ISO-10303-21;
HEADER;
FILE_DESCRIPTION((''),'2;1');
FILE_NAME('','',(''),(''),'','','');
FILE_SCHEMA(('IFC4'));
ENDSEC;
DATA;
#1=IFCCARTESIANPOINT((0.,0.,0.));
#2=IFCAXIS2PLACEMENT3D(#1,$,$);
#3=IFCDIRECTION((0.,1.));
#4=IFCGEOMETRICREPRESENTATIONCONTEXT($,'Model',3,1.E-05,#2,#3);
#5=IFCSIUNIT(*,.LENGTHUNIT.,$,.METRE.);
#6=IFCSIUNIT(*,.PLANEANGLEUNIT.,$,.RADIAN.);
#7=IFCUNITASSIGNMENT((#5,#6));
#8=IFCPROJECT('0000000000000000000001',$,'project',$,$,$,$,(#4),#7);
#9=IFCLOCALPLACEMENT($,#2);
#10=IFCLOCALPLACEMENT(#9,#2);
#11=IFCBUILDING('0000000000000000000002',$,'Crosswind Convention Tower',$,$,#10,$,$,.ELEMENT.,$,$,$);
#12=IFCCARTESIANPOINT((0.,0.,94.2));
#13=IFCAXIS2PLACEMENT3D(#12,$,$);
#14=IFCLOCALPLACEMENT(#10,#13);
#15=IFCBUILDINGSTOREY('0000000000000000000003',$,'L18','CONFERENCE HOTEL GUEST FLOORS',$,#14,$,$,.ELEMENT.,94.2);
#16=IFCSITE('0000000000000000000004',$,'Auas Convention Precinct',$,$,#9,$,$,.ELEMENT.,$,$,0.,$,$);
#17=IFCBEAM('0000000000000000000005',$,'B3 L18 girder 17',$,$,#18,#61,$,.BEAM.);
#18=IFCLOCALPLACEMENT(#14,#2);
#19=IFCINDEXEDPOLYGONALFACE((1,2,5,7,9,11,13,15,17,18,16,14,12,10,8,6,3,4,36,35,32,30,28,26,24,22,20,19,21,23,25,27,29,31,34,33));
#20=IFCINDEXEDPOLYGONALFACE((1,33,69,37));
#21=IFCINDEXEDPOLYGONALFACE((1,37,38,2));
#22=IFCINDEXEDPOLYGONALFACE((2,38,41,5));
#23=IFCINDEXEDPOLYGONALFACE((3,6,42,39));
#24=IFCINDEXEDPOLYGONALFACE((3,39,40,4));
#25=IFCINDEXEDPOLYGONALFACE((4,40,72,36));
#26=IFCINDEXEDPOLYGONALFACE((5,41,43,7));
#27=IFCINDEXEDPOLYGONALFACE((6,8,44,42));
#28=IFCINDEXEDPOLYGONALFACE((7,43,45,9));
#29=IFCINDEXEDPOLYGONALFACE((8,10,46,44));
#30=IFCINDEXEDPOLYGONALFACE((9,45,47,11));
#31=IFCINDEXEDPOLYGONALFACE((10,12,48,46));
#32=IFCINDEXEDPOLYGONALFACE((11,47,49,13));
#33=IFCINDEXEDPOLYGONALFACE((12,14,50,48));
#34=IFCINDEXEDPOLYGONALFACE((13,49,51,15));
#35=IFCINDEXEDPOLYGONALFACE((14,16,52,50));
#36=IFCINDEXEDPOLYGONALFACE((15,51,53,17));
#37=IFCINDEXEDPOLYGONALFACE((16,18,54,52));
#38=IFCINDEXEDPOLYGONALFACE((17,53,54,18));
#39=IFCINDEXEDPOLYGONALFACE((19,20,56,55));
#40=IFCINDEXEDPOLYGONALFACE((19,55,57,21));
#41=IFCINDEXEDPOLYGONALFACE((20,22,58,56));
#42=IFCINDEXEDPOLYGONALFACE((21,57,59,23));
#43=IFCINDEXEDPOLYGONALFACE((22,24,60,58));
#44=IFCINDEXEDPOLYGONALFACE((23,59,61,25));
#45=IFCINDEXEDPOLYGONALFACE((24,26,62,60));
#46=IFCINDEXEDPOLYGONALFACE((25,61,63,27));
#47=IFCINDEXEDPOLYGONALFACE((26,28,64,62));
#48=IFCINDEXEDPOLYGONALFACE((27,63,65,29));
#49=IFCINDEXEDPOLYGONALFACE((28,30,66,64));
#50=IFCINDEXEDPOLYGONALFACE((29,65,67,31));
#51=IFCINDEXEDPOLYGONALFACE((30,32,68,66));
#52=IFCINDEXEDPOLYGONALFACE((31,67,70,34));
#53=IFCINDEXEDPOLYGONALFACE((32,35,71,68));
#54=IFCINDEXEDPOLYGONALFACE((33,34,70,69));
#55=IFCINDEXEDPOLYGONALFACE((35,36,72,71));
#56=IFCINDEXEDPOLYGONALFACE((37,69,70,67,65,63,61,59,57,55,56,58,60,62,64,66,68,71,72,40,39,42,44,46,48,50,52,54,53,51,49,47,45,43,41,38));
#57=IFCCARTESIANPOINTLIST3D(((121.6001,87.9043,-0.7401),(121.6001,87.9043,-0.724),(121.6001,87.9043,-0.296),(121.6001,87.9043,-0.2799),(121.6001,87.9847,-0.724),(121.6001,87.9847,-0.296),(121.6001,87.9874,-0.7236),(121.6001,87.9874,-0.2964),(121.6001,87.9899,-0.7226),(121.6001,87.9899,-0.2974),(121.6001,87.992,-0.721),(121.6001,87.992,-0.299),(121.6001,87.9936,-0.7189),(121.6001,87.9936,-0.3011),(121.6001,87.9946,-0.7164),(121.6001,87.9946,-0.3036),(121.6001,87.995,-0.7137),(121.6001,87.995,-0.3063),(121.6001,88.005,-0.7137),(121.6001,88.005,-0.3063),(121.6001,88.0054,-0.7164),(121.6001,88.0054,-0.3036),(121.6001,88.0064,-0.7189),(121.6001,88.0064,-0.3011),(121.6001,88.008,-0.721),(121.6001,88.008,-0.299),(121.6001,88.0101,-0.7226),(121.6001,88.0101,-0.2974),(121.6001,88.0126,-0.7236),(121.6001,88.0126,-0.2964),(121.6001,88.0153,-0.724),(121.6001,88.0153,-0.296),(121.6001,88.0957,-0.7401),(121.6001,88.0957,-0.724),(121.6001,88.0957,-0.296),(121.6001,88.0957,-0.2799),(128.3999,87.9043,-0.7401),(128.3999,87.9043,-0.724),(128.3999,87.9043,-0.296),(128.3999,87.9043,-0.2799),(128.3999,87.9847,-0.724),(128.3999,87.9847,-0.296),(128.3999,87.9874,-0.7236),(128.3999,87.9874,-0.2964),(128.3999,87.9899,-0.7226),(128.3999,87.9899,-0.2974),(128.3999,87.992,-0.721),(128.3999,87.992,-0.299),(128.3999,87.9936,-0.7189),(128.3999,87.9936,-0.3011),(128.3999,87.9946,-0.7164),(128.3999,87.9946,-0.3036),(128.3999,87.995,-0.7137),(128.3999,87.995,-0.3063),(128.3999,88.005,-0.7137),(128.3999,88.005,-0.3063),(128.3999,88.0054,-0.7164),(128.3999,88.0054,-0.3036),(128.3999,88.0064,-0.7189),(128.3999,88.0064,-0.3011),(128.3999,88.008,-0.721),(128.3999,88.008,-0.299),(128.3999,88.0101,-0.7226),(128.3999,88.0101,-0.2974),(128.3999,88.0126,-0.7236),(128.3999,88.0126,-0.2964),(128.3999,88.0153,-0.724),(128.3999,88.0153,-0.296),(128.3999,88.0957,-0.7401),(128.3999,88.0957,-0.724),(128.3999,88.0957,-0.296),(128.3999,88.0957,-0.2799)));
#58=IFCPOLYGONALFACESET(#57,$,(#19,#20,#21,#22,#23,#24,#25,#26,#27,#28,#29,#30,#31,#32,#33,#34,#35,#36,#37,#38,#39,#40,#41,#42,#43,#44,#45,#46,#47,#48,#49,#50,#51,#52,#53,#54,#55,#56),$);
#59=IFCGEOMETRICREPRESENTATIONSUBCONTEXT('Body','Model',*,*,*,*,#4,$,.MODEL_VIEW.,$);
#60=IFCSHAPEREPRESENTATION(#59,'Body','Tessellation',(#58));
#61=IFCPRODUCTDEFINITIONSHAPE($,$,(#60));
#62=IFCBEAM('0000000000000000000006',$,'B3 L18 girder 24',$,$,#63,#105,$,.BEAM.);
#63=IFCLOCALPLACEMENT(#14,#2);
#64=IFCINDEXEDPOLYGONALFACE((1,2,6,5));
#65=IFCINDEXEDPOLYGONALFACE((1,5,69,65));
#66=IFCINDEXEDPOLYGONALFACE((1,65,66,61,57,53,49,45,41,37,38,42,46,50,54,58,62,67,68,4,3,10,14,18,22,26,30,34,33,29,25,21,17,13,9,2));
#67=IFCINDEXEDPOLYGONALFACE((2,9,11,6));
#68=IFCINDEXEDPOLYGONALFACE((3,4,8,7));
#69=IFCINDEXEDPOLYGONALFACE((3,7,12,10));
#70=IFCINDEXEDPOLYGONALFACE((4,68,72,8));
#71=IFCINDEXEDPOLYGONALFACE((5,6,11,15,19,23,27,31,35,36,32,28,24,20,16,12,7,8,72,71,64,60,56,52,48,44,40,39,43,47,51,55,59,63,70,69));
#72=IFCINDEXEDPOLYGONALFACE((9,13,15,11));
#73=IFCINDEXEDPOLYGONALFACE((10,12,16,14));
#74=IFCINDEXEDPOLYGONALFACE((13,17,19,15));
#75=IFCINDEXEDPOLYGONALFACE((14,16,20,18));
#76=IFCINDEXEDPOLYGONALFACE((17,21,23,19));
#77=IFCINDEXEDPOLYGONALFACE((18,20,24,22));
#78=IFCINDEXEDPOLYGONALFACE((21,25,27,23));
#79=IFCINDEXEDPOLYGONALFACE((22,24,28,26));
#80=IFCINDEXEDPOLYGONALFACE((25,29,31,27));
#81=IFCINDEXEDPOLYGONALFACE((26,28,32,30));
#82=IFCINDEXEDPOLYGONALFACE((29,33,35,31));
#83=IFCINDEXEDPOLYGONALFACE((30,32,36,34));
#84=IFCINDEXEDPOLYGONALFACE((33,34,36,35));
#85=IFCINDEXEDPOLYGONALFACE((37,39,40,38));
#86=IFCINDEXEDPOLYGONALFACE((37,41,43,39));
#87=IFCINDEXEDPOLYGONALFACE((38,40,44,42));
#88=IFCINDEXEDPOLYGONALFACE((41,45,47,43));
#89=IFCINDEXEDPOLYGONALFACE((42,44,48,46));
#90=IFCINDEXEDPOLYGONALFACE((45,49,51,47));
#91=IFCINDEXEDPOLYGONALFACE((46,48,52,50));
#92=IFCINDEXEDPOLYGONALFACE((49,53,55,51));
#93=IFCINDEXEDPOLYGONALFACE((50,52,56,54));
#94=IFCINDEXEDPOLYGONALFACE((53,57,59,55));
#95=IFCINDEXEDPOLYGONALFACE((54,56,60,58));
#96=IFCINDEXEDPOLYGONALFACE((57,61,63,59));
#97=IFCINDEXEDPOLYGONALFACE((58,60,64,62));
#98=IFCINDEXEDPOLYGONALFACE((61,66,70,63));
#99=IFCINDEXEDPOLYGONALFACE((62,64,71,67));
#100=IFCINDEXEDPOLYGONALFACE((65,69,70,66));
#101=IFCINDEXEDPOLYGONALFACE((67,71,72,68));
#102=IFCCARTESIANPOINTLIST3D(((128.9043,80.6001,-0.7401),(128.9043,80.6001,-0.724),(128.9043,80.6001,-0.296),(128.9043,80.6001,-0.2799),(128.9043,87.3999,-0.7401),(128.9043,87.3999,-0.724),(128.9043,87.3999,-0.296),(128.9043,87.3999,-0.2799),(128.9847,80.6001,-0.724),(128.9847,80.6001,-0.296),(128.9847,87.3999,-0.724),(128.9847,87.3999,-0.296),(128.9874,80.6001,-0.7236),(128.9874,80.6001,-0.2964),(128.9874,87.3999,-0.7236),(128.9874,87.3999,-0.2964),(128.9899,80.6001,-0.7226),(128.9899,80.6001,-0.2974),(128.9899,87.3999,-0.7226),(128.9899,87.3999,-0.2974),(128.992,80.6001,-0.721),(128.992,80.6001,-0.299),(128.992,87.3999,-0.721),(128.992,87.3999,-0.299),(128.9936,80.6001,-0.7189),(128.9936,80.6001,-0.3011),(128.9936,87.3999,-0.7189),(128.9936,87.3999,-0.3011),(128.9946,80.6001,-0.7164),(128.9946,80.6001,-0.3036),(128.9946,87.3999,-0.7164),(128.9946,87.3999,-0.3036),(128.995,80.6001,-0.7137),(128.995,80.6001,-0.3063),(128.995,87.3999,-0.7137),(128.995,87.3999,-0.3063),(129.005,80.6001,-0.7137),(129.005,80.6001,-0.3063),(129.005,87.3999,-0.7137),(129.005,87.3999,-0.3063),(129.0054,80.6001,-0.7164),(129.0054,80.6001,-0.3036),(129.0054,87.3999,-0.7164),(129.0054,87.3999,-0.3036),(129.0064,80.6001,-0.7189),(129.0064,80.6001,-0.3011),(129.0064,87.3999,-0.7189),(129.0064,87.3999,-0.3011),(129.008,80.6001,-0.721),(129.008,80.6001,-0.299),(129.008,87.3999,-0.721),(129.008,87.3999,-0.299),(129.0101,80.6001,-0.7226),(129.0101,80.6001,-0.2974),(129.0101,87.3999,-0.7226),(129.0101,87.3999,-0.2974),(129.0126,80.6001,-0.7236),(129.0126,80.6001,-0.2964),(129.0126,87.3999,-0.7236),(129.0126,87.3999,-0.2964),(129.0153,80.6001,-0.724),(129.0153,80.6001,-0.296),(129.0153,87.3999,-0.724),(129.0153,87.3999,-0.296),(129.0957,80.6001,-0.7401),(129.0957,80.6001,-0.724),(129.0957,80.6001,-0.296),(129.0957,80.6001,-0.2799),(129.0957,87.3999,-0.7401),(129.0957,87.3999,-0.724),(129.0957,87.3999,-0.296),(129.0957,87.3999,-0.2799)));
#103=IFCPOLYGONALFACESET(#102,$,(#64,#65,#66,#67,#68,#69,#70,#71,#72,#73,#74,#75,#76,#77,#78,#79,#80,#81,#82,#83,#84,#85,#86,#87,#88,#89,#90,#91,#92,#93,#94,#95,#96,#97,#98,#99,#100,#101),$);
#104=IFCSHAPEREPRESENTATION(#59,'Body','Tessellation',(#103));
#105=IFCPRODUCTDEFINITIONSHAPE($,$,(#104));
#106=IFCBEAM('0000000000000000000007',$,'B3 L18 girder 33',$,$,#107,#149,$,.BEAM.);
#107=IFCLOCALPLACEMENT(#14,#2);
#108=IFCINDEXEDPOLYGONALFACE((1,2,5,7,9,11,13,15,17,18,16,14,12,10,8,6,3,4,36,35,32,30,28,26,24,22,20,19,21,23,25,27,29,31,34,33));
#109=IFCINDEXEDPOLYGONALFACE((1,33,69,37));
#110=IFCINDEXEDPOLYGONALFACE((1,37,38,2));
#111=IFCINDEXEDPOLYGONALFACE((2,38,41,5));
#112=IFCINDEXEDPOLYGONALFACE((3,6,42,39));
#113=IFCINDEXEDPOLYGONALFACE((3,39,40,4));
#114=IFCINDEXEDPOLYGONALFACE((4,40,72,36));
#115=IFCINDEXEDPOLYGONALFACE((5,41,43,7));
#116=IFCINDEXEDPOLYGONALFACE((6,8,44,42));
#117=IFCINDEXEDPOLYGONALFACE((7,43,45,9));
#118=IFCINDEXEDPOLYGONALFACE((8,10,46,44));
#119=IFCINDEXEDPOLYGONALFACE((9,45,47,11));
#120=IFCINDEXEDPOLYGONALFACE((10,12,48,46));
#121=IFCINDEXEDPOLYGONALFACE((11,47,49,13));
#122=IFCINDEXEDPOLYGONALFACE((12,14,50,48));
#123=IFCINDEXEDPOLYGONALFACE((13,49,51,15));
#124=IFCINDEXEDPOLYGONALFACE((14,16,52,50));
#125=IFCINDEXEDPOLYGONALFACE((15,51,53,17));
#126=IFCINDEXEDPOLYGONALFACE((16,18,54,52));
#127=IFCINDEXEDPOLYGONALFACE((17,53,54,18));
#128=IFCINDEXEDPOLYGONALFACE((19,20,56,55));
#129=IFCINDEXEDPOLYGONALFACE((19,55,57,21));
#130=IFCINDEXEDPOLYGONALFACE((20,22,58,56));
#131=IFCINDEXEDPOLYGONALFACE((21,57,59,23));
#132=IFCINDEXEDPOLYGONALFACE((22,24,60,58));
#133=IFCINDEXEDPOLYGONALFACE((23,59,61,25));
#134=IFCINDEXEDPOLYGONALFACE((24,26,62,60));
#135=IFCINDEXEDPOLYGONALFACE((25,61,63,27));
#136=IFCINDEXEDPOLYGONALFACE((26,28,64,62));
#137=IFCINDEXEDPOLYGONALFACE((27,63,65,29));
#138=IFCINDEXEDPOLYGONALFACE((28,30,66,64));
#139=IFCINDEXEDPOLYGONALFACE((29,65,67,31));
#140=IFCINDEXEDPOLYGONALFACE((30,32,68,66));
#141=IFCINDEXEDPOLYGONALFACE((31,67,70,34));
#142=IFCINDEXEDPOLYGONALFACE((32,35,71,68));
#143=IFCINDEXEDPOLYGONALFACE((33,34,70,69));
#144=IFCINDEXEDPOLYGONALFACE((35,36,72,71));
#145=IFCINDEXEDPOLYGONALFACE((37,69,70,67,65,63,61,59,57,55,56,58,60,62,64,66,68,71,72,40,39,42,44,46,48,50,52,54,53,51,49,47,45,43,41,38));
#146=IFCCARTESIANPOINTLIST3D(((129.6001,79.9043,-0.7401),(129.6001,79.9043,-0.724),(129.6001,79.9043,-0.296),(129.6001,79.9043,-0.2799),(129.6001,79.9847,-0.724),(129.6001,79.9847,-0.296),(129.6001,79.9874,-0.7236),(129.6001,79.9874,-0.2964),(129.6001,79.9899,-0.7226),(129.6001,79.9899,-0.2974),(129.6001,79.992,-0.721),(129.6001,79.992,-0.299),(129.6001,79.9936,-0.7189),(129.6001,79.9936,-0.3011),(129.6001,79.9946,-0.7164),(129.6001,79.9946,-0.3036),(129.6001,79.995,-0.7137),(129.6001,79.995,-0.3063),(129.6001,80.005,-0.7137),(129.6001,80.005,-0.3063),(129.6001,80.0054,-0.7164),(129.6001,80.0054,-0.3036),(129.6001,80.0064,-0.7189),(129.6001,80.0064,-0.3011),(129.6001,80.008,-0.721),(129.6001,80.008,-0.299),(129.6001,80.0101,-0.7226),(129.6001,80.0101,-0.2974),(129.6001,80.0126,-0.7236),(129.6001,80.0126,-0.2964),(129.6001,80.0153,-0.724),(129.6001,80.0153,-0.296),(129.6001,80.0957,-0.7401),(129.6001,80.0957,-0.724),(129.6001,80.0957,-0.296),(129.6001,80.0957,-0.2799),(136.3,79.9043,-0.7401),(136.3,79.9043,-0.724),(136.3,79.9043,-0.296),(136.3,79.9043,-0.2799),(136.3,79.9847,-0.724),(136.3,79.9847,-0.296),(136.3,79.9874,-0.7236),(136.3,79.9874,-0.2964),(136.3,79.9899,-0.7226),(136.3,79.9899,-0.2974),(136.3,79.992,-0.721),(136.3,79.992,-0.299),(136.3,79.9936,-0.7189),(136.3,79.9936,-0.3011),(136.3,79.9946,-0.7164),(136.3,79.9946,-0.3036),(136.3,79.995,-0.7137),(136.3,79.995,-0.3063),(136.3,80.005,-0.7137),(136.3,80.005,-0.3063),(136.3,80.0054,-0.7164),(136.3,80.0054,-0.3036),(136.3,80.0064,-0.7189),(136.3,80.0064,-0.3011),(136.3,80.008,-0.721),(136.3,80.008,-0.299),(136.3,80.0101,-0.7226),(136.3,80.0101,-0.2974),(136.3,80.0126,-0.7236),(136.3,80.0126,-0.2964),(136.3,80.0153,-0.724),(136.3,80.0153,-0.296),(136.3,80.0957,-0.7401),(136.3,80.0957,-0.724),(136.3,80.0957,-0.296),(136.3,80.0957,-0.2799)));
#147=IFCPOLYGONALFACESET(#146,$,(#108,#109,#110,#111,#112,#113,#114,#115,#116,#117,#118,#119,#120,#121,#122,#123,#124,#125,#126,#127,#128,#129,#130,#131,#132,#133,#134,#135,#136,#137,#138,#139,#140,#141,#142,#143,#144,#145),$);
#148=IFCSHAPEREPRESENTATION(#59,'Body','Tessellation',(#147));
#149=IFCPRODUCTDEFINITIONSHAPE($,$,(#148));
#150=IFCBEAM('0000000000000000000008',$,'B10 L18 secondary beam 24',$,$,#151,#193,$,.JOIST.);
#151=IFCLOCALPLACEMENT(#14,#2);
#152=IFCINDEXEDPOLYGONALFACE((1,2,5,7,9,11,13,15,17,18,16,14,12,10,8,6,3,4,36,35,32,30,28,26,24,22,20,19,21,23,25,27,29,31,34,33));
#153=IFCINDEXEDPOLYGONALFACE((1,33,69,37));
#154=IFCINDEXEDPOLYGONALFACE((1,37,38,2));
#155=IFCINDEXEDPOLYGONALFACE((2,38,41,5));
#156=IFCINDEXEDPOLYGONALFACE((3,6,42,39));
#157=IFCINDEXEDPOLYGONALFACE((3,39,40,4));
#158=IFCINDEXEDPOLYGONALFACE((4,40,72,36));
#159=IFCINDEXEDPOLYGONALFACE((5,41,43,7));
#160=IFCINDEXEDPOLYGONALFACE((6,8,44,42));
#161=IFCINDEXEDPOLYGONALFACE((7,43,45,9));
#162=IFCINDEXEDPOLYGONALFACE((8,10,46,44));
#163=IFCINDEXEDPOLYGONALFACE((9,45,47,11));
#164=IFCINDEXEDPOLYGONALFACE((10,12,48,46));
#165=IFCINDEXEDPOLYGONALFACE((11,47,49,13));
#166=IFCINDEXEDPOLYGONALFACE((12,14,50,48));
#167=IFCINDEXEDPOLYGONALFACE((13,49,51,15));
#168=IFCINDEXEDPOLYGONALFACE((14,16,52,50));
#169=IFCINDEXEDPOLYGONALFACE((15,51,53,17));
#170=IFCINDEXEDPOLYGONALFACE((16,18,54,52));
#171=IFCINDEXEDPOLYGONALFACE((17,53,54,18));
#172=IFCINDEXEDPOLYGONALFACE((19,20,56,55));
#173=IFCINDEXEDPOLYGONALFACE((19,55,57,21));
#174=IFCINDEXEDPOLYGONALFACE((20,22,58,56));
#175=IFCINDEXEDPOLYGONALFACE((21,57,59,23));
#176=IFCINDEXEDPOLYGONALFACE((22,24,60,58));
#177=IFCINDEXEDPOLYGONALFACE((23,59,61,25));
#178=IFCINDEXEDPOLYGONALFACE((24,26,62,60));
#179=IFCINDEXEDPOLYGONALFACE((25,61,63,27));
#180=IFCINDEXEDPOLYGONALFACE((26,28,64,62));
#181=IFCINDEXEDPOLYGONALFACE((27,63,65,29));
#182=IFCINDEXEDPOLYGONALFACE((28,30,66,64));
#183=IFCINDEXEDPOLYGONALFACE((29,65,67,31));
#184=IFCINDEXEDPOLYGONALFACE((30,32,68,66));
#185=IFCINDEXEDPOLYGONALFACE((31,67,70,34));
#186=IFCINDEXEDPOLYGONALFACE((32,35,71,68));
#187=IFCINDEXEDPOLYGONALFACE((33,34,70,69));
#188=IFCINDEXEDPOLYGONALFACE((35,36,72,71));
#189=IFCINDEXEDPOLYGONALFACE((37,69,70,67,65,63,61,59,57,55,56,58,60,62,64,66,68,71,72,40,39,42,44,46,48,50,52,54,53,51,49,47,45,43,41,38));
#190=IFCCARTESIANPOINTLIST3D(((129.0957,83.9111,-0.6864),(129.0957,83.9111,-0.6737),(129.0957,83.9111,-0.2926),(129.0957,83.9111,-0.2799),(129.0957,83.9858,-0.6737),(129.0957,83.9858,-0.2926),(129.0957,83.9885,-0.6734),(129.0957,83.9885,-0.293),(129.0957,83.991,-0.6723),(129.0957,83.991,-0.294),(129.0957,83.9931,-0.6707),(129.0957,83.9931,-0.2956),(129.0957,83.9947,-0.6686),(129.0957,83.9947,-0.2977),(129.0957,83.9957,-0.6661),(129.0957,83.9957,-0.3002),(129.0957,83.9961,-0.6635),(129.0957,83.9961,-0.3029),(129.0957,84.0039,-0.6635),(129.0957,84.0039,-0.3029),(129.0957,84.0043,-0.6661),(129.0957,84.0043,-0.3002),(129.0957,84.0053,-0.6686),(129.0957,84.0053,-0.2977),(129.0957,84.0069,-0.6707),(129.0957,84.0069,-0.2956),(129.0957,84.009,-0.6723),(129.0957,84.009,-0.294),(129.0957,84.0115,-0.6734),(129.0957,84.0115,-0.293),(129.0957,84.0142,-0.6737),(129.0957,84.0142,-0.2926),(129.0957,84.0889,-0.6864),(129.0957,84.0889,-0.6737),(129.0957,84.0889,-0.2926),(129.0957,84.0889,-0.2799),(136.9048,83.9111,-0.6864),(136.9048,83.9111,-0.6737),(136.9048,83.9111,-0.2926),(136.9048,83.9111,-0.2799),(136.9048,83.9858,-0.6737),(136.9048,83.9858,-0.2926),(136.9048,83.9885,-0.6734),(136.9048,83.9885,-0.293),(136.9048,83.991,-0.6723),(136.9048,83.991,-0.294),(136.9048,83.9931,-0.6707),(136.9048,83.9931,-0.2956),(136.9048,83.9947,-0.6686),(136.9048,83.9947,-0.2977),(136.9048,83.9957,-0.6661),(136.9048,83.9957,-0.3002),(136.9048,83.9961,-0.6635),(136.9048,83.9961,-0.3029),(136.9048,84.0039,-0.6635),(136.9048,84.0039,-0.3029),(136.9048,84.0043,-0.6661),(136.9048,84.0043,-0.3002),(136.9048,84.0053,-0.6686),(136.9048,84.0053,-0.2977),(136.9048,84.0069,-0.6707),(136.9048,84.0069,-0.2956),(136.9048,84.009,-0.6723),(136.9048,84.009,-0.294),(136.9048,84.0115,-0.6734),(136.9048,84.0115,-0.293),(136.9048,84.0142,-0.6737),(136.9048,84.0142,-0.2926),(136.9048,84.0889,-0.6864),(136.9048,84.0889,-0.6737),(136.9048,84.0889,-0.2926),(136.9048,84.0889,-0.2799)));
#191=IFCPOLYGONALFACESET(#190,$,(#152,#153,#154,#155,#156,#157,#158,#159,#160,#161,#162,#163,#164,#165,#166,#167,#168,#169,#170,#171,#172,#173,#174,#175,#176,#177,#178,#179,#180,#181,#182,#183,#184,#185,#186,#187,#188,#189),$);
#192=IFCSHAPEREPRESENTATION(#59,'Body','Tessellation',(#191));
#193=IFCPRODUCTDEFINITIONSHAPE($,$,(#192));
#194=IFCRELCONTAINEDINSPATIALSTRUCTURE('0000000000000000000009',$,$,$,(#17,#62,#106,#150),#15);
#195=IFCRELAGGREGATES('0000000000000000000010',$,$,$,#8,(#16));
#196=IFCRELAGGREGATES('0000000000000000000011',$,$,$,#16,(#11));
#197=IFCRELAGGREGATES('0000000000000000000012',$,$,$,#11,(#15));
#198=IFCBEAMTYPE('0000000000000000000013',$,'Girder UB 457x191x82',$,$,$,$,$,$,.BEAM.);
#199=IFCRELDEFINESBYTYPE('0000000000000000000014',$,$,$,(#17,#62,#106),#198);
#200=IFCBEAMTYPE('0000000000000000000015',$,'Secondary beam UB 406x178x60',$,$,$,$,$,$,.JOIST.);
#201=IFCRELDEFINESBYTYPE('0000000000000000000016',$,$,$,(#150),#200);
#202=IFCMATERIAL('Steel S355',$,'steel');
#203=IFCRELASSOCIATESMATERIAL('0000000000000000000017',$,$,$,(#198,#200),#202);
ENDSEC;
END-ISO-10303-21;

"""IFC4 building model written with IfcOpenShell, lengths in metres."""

from ifc_helpers import new_model, si_unit, direction, frame, origin, origin_2d, place, context, subcontext, project, spatial, i_section, extrude, material, material_profile, profile_set, type_object, element, save


model = new_model("IFC4")

# Units and contexts
model_context = context("Model", 3, precision=1e-05, world=origin(), true_north=direction((0.0, 1.0)))
body_context = subcontext(model_context, "Body", "Model", "MODEL_VIEW")
ifc_project = project(units=[si_unit("LENGTHUNIT", "METRE"), si_unit("PLANEANGLEUNIT", "RADIAN")], contexts=[model_context])

# Site, building, storey
site_placement = place(None, origin())
site = spatial("IfcSite", under=ifc_project, at=site_placement, Name="Auas Convention Precinct", CompositionType="ELEMENT", RefElevation=0.0)
building_placement = place(site_placement, origin())
building = spatial("IfcBuilding", under=site, at=building_placement, Name="Crosswind Convention Tower", CompositionType="ELEMENT")
storey_placement = place(building_placement, frame((0.0, 0.0, 94.2)))
storey = spatial("IfcBuildingStorey", under=building, at=storey_placement, Name="L18", Description="CONFERENCE HOTEL GUEST FLOORS", CompositionType="ELEMENT", Elevation=94.2)

# Beams
ifc_material_1 = material(Name="Steel S355", Category="steel")
ifc_material_profile_1 = material_profile(ifc_material_1, i_section(OverallWidth=0.1914, OverallDepth=0.4602, WebThickness=0.01, FlangeThickness=0.0161, FilletRadius=0.0103, at=origin_2d()), Name="UB 457x191x82")
ifc_profile_set_1 = profile_set([ifc_material_profile_1], Name="Steel S355")
beam_type_1 = type_object("IfcBeamType", Name="Girder UB 457x191x82", PredefinedType="BEAM", material=ifc_profile_set_1)
for number, where, z_axis, x_axis, name in (
    (1, (121.6001, 88.0, -0.51), (1.0, 0.0, 0.0), (0.0, 1.0, 0.0), "B3 L18 girder 17"),
    (2, (129.0, 80.6001, -0.51), (0.0, 1.0, 0.0), (-1.0, 0.0, 0.0), "B3 L18 girder 24"),
):
    element("IfcBeam", number, at=place(storey_placement, frame(where, z_axis=z_axis, x_axis=x_axis)), inside=storey, type_object=beam_type_1, Name=name, PredefinedType="BEAM", context=body_context, shape_type="SweptSolid", body=[
        extrude(i_section(OverallWidth=0.1914, OverallDepth=0.4602, WebThickness=0.01, FlangeThickness=0.0161, FilletRadius=0.0103, at=origin_2d()), origin(), (0.0, 0.0, 1.0), 6.7998),
    ])
beam_1_placement = place(storey_placement, frame((129.6001, 80.0, -0.51), z_axis=(1.0, 0.0, 0.0), x_axis=(0.0, 1.0, 0.0)))
element("IfcBeam", 3, at=beam_1_placement, inside=storey, type_object=beam_type_1, Name="B3 L18 girder 33", PredefinedType="BEAM", context=body_context, shape_type="SweptSolid", body=[
    extrude(i_section(OverallWidth=0.1914, OverallDepth=0.4602, WebThickness=0.01, FlangeThickness=0.0161, FilletRadius=0.0103, at=origin_2d()), origin(), (0.0, 0.0, 1.0), 6.7),
])
ifc_material_profile_2 = material_profile(ifc_material_1, i_section(OverallWidth=0.1777, OverallDepth=0.4065, WebThickness=0.0078, FlangeThickness=0.0127, FilletRadius=0.0103, at=origin_2d()), Name="UB 406x178x60")
ifc_profile_set_2 = profile_set([ifc_material_profile_2], Name="Steel S355")
beam_type_2 = type_object("IfcBeamType", Name="Secondary beam UB 406x178x60", PredefinedType="JOIST", material=ifc_profile_set_2)
beam_2_placement = place(storey_placement, frame((129.0957, 84.0, -0.4832), z_axis=(1.0, 0.0, 0.0), x_axis=(0.0, 1.0, 0.0)))
element("IfcBeam", 4, at=beam_2_placement, inside=storey, type_object=beam_type_2, Name="B10 L18 secondary beam 24", PredefinedType="JOIST", context=body_context, shape_type="SweptSolid", body=[
    extrude(i_section(OverallWidth=0.1777, OverallDepth=0.4065, WebThickness=0.0078, FlangeThickness=0.0127, FilletRadius=0.0103, at=origin_2d()), origin(), (0.0, 0.0, 1.0), 7.8091),
])

save(model, "model.ifc")
